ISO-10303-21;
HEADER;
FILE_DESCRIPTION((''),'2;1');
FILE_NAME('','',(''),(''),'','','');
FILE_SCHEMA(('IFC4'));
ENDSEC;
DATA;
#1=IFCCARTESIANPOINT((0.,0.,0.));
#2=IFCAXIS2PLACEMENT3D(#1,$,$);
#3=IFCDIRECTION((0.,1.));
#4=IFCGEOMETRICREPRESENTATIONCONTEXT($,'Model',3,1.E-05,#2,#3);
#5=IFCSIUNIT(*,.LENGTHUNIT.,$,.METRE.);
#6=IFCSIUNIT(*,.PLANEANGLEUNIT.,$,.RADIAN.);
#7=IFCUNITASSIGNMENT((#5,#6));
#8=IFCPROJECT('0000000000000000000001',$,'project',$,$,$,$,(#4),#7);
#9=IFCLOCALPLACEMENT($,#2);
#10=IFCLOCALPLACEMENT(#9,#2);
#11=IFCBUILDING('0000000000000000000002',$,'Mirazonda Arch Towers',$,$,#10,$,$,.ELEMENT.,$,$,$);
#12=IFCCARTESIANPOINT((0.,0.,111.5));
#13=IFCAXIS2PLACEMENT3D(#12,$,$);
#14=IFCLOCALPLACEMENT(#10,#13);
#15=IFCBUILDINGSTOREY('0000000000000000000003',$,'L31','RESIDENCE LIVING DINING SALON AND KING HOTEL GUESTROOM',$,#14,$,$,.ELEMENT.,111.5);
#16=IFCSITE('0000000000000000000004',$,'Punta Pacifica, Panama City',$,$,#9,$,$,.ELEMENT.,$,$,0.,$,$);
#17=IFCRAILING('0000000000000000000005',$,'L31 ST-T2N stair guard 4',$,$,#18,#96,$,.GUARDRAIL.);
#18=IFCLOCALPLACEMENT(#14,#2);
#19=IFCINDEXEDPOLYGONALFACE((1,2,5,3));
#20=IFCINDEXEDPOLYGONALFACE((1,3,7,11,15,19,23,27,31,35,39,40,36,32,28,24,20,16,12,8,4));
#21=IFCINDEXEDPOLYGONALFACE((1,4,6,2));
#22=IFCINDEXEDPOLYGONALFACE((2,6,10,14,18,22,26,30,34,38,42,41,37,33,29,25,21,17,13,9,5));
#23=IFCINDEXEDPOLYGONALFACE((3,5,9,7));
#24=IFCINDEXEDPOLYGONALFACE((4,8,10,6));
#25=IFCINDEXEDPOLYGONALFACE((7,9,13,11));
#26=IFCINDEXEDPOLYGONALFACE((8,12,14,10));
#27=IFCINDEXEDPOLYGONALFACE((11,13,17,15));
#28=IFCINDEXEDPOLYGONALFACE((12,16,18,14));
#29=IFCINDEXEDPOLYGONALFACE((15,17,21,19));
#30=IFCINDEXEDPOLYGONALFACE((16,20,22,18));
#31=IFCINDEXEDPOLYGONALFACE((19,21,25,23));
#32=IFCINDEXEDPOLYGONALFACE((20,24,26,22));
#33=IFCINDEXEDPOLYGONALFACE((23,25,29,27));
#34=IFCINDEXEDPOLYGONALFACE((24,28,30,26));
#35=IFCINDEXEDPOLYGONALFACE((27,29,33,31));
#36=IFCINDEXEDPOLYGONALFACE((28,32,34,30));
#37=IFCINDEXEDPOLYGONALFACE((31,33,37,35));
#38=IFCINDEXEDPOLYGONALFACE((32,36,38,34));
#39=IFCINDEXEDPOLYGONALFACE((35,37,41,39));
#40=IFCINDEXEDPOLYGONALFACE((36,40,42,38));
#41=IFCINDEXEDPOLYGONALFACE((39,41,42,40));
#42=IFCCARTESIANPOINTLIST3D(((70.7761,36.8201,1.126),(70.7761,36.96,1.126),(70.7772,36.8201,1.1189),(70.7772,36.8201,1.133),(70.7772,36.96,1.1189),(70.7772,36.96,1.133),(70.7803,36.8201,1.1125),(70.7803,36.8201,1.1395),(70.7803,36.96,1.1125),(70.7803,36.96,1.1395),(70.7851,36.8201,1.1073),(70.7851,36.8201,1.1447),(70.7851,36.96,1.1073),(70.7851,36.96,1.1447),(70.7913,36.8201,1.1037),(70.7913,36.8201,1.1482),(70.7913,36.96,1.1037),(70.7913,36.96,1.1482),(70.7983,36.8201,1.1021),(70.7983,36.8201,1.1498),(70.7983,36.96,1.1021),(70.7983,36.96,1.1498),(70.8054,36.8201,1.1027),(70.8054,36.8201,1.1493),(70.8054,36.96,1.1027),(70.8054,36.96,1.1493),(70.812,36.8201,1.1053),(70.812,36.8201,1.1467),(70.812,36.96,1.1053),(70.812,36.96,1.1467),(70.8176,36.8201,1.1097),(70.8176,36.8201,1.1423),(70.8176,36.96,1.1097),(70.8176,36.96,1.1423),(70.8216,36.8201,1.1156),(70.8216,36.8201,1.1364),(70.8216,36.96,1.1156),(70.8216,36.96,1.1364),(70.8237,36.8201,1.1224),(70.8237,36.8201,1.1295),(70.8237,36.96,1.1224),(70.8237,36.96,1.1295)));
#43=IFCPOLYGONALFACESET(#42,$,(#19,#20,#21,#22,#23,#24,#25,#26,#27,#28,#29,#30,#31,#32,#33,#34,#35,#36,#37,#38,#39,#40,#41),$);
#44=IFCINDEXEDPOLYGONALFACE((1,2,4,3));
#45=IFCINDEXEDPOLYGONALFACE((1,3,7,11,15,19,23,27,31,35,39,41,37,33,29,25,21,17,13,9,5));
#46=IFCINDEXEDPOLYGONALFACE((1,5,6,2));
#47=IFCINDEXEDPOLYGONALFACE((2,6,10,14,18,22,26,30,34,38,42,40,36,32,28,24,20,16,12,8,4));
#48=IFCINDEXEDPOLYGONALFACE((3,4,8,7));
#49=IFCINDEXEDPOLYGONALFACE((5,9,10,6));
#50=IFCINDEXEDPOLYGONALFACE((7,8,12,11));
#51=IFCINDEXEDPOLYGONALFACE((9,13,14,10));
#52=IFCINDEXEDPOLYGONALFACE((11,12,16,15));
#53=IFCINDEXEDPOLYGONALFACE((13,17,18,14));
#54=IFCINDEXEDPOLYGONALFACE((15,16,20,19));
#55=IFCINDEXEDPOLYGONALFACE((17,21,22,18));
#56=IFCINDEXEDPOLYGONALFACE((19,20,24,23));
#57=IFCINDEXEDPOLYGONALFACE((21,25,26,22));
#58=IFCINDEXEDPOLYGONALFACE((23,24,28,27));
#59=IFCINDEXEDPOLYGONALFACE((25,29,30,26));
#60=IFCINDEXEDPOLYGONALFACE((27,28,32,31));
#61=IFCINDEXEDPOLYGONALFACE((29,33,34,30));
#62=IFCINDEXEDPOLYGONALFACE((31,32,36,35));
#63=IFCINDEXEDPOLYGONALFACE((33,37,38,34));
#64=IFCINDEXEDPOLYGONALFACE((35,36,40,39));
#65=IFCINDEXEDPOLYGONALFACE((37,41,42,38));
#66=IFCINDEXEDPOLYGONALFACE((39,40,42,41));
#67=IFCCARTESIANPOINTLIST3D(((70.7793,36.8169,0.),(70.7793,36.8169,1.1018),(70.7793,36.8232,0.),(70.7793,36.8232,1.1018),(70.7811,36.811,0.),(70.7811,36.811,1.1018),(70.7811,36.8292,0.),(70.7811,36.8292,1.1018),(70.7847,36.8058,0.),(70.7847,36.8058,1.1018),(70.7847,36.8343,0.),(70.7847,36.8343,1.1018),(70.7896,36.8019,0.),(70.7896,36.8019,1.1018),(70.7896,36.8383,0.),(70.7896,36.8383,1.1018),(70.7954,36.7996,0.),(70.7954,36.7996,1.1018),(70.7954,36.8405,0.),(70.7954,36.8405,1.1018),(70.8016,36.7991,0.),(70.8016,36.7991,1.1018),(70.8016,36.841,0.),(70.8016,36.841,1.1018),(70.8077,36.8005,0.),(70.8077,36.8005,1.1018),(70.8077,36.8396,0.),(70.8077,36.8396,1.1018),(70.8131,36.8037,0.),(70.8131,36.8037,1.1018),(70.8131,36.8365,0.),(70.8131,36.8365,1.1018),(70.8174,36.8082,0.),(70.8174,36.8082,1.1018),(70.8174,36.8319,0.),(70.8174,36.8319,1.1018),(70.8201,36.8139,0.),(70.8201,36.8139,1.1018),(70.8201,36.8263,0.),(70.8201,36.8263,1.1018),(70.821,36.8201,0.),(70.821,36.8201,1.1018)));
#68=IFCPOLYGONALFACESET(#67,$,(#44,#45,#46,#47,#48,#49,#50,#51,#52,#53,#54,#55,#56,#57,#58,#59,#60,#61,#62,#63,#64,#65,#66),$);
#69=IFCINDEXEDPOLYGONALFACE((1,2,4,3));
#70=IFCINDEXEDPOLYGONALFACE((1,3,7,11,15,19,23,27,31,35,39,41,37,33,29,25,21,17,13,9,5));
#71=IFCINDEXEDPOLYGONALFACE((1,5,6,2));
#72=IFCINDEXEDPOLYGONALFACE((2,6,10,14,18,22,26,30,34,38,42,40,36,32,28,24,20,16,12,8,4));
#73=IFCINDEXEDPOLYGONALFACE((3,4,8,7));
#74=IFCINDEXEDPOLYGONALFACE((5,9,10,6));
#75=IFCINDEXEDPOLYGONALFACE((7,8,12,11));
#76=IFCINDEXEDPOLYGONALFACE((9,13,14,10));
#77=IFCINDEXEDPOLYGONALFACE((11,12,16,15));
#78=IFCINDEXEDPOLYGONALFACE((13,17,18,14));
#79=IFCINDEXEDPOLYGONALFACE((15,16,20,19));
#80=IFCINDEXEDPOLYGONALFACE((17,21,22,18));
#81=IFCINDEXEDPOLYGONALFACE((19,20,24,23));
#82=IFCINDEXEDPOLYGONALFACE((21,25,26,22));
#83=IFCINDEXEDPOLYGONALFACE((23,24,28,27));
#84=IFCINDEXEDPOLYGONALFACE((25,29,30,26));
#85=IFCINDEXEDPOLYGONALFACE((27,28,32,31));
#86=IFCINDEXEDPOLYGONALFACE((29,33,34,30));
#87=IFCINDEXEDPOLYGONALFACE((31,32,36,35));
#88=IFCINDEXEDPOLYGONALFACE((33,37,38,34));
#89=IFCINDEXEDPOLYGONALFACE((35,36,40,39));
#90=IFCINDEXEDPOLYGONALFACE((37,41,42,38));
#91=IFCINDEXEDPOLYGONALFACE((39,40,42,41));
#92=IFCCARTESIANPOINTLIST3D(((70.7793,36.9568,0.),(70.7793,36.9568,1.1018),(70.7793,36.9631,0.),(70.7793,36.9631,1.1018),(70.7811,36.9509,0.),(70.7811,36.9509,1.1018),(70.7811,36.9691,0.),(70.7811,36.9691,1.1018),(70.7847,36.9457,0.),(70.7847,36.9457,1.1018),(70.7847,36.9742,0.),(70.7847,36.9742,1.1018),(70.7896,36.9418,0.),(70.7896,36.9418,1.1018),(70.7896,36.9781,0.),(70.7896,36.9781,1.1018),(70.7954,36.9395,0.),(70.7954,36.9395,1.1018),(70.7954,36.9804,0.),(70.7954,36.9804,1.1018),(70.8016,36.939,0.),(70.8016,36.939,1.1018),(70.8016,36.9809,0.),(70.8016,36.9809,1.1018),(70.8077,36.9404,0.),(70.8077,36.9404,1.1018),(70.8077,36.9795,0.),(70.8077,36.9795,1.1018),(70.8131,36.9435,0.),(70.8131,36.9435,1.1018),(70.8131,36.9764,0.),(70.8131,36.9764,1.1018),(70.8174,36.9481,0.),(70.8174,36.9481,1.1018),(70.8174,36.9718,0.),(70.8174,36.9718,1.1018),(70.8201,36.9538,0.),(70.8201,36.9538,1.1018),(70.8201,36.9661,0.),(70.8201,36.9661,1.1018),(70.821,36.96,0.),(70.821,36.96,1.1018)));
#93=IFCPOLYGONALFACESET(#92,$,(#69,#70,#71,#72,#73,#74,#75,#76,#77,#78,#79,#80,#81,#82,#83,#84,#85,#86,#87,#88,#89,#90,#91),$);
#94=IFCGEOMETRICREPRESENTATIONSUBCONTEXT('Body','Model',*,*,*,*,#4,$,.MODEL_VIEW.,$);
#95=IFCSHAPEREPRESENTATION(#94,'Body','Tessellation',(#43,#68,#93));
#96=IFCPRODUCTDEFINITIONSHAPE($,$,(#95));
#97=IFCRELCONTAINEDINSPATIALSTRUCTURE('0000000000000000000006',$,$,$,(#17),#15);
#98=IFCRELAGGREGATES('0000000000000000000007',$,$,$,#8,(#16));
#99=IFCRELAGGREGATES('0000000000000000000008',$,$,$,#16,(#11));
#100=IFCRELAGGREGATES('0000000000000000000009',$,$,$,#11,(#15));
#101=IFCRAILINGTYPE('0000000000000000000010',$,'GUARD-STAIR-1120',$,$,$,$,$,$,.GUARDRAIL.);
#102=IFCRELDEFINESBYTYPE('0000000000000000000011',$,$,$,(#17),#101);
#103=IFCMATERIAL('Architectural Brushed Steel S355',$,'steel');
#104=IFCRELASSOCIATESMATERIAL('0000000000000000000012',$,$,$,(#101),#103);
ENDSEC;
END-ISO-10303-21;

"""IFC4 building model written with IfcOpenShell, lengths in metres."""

from ifc_helpers import new_model, si_unit, direction, frame, origin, origin_2d, place, context, subcontext, project, spatial, circle, extrude, material, type_object, element, save


model = new_model("IFC4")

# Units and contexts
model_context = context("Model", 3, precision=1e-05, world=origin(), true_north=direction((0.0, 1.0)))
body_context = subcontext(model_context, "Body", "Model", "MODEL_VIEW")
ifc_project = project(units=[si_unit("LENGTHUNIT", "METRE"), si_unit("PLANEANGLEUNIT", "RADIAN")], contexts=[model_context])

# Site, building, storey
site_placement = place(None, origin())
site = spatial("IfcSite", under=ifc_project, at=site_placement, Name="Punta Pacifica, Panama City", CompositionType="ELEMENT", RefElevation=0.0)
building_placement = place(site_placement, origin())
building = spatial("IfcBuilding", under=site, at=building_placement, Name="Mirazonda Arch Towers", CompositionType="ELEMENT")
storey_placement = place(building_placement, frame((0.0, 0.0, 111.5)))
storey = spatial("IfcBuildingStorey", under=building, at=storey_placement, Name="L31", Description="RESIDENCE LIVING DINING SALON AND KING HOTEL GUESTROOM", CompositionType="ELEMENT", Elevation=111.5)

# Railing
ifc_material_1 = material(Name="Architectural Brushed Steel S355", Category="steel")
railing_type = type_object("IfcRailingType", Name="GUARD-STAIR-1120", PredefinedType="GUARDRAIL", material=ifc_material_1)
railing_1_placement = place(storey_placement, frame((70.8, 36.8201, 0.0)))
element("IfcRailing", 1, at=railing_1_placement, inside=storey, type_object=railing_type, Name="L31 ST-T2N stair guard 4", PredefinedType="GUARDRAIL", context=body_context, shape_type="SweptSolid", body=[
    extrude(circle(Radius=0.0239, at=origin_2d()), frame((0.0, 0.0, 1.126), z_axis=(0.0, 1.0, 0.0), x_axis=(-1.0, 0.0, 0.0)), (0.0, 0.0, 1.0), 0.1399),
    extrude(circle(Radius=0.021, at=origin_2d()), origin(), (0.0, 0.0, 1.0), 1.1018),
    extrude(circle(Radius=0.021, at=origin_2d()), frame((0.0, 0.1399, 0.0)), (0.0, 0.0, 1.0), 1.1018),
])

save(model, "model.ifc")
